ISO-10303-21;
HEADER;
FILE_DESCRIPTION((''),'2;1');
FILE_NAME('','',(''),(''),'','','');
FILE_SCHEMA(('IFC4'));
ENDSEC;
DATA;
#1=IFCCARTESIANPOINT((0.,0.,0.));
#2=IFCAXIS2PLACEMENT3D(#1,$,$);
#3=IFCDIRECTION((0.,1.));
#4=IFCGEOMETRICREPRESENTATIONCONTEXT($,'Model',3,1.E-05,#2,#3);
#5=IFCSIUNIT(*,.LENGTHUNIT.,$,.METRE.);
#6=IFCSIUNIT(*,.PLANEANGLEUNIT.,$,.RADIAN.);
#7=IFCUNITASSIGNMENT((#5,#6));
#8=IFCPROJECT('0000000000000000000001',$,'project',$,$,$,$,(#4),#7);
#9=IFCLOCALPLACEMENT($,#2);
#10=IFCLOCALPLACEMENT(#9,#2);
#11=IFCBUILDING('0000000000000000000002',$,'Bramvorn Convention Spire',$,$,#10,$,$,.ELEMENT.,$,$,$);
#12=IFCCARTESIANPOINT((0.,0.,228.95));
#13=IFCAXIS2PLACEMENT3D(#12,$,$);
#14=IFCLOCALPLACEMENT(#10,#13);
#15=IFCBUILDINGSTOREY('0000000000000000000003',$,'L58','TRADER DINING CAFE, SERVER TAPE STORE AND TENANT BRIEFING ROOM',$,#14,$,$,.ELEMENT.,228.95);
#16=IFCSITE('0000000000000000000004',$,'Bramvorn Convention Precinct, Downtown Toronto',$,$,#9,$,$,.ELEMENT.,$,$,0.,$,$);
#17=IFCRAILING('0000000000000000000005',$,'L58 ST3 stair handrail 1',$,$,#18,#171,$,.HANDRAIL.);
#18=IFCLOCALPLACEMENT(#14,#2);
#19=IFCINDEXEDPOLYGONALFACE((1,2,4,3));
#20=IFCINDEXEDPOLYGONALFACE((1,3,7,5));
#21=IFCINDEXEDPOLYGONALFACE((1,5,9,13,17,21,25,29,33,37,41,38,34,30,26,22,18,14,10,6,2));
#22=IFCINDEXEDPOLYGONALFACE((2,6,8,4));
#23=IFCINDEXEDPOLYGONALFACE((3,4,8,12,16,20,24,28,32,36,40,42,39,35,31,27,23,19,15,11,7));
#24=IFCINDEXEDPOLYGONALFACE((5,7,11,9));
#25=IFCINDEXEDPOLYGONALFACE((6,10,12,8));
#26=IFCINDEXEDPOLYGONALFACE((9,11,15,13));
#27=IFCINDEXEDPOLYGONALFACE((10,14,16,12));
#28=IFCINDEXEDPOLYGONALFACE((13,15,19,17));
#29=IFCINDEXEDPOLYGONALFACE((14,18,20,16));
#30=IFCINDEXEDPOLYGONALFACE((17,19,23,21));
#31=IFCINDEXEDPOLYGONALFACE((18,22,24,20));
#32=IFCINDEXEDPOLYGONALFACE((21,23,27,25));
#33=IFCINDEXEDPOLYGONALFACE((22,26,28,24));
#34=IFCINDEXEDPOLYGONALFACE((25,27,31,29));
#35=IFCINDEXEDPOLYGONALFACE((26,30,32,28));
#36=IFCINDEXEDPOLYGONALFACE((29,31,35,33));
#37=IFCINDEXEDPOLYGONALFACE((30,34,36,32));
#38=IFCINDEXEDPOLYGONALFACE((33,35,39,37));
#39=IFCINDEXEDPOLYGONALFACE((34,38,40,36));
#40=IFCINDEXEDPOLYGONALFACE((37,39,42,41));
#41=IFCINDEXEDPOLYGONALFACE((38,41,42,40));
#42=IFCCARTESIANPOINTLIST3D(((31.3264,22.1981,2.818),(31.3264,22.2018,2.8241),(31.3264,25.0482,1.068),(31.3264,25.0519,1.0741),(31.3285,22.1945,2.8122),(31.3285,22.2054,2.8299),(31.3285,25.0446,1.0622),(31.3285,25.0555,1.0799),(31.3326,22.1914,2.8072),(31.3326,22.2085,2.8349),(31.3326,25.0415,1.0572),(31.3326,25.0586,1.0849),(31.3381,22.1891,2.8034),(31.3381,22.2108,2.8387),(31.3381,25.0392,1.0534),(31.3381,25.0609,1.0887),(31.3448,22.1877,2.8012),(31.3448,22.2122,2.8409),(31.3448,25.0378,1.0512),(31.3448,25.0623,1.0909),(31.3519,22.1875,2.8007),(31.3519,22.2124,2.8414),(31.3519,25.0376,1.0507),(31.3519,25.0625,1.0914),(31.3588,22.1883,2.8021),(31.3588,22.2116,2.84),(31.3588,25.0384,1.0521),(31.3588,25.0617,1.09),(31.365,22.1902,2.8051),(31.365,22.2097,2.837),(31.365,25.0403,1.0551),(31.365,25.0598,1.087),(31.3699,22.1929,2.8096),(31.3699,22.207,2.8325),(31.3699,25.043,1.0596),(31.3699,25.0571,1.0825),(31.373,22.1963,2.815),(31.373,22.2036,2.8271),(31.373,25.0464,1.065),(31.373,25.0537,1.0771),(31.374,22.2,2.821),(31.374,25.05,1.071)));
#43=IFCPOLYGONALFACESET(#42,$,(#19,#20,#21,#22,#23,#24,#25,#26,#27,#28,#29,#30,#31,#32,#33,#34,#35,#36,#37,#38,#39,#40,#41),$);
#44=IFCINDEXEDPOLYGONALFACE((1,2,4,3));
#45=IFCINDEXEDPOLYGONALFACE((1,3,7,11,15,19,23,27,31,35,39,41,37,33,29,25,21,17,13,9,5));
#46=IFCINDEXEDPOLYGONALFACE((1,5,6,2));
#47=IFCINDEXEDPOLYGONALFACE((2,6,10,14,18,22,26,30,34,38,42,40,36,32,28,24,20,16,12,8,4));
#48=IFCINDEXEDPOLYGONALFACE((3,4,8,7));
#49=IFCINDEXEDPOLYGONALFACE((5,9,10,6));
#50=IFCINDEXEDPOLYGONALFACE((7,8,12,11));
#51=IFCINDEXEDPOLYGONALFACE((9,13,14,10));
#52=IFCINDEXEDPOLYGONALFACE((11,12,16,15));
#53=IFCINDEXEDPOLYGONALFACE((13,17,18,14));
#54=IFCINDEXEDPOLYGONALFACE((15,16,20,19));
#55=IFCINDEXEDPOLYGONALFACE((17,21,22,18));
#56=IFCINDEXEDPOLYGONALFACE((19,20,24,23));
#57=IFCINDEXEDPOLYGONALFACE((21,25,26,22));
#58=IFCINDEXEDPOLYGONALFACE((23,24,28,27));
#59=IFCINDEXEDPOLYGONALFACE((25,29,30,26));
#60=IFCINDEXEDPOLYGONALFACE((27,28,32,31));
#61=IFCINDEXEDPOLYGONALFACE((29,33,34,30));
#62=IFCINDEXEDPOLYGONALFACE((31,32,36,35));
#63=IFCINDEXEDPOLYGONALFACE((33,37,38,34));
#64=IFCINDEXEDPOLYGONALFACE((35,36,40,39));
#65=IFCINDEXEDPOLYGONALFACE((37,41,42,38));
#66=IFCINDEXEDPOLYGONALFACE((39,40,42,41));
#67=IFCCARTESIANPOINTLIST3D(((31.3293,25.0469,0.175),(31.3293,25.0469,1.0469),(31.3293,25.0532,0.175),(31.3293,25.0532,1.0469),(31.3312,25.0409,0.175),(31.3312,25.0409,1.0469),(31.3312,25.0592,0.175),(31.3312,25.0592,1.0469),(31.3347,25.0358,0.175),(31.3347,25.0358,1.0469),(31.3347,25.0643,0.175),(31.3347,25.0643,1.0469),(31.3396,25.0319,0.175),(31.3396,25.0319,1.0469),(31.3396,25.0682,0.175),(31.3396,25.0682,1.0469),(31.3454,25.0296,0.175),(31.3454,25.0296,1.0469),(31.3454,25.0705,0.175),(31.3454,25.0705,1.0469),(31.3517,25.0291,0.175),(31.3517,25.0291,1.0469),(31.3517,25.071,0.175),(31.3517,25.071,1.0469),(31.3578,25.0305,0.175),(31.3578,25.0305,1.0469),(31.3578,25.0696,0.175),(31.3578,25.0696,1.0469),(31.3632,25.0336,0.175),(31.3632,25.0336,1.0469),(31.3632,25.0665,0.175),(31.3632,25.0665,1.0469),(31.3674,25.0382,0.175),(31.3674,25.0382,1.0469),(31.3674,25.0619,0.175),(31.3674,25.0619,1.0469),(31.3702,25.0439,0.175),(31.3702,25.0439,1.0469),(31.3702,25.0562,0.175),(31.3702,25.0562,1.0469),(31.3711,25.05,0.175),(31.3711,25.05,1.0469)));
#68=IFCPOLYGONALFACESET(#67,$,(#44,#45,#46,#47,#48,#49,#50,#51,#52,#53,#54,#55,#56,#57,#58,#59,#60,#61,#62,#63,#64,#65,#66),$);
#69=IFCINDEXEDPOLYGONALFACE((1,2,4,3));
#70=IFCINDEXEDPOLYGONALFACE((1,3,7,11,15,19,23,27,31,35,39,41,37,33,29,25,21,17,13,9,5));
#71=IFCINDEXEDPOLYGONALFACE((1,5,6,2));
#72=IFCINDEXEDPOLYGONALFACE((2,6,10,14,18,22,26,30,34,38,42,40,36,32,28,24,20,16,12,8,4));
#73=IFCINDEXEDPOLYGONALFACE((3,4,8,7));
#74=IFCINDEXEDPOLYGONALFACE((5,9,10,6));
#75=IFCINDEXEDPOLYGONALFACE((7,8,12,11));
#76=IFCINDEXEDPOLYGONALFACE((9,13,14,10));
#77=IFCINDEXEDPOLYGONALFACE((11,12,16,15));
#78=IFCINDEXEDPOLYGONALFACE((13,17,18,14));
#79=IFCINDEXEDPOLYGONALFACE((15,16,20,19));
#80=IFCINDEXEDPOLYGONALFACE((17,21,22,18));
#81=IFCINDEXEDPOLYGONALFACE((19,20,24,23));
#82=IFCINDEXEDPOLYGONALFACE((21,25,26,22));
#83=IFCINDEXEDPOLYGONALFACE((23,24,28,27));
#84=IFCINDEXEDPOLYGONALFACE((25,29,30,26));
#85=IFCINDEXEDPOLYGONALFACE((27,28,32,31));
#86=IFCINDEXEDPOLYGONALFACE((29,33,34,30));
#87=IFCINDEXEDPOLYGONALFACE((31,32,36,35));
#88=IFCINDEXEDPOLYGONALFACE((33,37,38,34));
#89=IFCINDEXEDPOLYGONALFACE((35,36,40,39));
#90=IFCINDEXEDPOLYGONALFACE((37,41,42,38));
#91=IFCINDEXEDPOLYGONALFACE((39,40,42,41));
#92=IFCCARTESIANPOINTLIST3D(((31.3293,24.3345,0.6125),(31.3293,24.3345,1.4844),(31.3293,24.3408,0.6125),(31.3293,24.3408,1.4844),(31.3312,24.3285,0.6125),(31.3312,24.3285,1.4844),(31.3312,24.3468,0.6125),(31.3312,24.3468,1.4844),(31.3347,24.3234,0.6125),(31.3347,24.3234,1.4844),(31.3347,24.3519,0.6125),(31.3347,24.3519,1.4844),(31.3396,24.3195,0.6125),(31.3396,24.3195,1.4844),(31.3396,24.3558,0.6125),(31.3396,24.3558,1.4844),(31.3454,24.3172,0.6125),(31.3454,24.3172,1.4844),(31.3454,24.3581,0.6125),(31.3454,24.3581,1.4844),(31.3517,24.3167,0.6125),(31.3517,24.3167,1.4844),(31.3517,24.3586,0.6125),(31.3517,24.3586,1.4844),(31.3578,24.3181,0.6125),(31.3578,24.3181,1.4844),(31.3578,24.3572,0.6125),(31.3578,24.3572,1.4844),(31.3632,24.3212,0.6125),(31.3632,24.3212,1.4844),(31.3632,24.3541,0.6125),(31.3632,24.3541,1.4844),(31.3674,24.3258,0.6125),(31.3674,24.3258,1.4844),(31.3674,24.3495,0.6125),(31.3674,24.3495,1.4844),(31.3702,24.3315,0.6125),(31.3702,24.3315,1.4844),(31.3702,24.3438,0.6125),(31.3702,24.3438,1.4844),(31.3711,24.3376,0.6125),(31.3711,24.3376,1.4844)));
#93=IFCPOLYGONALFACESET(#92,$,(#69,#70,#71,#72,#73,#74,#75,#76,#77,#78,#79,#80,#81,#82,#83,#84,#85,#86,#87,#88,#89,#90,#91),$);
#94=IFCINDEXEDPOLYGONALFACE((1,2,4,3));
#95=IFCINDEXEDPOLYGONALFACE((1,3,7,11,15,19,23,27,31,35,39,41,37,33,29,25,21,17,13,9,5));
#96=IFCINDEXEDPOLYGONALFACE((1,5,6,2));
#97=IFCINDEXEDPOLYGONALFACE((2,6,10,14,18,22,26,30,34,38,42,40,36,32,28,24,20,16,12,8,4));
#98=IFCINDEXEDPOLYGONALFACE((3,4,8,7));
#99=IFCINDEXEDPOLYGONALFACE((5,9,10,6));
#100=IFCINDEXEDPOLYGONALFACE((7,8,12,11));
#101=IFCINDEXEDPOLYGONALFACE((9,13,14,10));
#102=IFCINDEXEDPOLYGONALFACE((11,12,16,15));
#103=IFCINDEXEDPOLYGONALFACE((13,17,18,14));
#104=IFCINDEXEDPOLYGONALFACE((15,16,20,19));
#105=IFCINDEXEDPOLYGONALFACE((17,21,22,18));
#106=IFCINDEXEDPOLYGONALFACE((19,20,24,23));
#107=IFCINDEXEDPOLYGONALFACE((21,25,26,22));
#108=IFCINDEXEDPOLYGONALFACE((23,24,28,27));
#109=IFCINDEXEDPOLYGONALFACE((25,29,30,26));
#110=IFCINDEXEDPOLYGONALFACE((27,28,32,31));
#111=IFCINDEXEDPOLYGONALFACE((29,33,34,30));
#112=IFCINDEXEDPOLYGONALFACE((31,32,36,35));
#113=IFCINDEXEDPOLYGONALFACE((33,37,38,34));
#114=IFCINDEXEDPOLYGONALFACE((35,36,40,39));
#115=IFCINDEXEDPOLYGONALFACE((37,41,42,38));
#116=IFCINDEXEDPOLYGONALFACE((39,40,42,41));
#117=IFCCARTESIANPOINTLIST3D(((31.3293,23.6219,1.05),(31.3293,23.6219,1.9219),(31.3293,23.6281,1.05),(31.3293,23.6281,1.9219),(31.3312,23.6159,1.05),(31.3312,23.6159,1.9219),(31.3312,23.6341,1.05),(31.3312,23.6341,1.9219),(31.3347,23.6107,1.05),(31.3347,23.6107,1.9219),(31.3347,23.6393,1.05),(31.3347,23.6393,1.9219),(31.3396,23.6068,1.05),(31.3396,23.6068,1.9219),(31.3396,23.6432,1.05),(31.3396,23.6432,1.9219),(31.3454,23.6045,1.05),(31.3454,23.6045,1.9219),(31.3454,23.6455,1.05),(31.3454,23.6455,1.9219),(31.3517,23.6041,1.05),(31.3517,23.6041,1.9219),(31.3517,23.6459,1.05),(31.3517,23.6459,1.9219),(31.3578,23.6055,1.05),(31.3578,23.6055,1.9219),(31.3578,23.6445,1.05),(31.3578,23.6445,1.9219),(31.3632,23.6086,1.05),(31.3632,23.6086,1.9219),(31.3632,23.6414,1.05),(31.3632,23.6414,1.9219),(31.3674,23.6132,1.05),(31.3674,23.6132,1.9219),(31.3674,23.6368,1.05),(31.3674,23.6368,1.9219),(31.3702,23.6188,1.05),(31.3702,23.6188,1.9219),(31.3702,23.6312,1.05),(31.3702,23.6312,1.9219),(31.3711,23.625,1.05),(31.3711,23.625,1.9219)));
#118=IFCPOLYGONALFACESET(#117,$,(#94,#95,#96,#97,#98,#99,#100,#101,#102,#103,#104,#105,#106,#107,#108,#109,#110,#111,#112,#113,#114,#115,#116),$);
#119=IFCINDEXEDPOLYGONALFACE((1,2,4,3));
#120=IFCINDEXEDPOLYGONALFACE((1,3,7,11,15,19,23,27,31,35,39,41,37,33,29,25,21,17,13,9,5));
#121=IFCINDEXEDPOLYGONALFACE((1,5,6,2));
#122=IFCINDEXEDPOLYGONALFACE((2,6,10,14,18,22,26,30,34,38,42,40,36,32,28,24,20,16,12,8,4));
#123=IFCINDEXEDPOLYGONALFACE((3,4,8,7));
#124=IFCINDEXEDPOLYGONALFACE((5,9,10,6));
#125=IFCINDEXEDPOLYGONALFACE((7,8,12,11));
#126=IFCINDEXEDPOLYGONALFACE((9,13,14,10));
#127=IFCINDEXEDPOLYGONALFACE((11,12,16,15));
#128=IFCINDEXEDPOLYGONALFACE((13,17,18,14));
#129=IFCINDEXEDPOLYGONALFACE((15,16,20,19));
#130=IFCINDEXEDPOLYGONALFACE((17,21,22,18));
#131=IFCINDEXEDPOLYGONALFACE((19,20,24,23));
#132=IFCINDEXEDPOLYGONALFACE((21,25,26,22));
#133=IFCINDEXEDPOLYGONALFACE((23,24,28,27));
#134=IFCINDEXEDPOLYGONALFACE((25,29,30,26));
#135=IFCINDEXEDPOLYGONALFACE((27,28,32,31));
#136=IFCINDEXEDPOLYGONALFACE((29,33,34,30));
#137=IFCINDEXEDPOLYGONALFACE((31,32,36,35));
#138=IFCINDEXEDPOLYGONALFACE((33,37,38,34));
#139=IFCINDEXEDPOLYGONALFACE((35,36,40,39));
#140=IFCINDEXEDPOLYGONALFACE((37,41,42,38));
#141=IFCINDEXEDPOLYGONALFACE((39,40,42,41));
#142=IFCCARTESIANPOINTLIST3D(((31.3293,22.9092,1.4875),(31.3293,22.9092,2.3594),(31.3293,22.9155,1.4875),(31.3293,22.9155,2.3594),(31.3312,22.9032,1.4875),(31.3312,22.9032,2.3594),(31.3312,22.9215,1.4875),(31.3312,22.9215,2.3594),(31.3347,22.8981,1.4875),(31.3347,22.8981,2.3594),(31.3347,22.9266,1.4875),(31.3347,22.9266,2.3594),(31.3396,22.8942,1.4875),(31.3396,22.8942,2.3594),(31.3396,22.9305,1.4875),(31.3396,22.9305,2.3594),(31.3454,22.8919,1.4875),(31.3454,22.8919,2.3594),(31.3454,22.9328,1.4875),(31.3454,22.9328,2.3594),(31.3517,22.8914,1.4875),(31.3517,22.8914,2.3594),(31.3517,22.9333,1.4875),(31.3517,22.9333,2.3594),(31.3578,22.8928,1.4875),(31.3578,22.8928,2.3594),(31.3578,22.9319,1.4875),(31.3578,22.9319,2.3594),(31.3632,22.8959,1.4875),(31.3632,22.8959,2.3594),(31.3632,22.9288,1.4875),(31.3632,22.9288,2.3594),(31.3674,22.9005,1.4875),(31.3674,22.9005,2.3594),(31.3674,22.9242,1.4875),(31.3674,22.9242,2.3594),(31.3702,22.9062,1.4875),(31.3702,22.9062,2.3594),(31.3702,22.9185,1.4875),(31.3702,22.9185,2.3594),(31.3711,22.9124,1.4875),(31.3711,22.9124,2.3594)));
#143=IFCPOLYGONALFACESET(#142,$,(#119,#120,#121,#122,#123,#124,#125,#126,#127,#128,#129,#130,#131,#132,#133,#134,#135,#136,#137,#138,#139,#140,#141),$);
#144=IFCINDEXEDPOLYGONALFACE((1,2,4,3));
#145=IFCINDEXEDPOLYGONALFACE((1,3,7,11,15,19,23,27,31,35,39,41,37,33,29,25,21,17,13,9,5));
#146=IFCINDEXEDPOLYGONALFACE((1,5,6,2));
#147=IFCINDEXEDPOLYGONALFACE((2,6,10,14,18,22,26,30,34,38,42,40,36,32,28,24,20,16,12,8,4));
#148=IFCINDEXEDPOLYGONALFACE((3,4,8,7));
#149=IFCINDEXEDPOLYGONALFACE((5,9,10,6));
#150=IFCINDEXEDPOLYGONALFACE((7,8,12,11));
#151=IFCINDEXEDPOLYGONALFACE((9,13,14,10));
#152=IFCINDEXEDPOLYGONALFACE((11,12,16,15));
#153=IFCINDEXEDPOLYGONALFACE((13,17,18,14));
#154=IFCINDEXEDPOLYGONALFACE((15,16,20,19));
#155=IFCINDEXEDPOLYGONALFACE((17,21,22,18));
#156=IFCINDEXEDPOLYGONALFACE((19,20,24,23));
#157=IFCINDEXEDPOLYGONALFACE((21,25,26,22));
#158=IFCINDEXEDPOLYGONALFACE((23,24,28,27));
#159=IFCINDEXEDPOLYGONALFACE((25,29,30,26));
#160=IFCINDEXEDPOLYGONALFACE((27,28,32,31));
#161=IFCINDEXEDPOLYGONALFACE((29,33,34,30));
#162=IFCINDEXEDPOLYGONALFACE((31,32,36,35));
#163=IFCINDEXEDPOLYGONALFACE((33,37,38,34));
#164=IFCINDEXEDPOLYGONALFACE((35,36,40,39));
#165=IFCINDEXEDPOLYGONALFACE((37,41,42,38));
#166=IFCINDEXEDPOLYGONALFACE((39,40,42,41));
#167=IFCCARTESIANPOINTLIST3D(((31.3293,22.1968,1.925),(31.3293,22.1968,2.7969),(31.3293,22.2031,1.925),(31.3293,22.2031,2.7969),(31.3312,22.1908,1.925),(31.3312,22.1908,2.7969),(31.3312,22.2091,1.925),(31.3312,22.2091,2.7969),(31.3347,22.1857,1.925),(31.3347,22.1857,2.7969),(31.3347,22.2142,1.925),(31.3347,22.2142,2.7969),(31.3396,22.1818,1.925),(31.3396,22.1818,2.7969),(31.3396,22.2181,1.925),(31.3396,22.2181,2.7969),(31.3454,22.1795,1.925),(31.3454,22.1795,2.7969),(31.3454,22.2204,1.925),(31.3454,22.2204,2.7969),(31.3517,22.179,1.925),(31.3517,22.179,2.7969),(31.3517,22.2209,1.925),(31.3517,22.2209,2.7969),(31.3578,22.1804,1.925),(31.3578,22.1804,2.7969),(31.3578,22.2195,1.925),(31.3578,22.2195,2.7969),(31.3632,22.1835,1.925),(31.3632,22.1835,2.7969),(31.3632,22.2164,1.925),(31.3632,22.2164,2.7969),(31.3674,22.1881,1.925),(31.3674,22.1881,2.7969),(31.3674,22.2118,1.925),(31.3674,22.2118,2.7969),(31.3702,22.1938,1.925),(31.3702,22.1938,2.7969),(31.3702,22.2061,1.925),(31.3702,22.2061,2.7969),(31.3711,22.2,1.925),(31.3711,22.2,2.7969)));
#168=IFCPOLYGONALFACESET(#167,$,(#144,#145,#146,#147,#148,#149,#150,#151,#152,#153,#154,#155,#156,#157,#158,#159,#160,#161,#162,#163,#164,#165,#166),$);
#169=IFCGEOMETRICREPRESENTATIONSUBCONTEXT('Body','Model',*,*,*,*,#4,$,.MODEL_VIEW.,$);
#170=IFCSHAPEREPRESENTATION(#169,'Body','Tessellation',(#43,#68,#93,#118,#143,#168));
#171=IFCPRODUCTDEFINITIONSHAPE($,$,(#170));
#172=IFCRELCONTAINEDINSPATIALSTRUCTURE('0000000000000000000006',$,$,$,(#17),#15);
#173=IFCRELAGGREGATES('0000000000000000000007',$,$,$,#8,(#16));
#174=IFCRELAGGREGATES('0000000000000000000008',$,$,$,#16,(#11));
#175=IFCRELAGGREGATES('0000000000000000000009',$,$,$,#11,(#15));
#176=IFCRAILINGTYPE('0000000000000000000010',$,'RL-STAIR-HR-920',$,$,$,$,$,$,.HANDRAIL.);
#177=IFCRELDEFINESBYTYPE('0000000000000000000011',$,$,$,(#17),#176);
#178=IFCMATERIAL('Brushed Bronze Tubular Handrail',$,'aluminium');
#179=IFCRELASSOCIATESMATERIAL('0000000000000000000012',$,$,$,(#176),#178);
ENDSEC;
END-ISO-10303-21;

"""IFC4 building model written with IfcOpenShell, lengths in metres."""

from ifc_helpers import new_model, si_unit, direction, frame, origin, origin_2d, place, context, subcontext, project, spatial, circle, extrude, material, type_object, element, save


model = new_model("IFC4")

# Units and contexts
model_context = context("Model", 3, precision=1e-05, world=origin(), true_north=direction((0.0, 1.0)))
body_context = subcontext(model_context, "Body", "Model", "MODEL_VIEW")
ifc_project = project(units=[si_unit("LENGTHUNIT", "METRE"), si_unit("PLANEANGLEUNIT", "RADIAN")], contexts=[model_context])

# Site, building, storey
site_placement = place(None, origin())
site = spatial("IfcSite", under=ifc_project, at=site_placement, Name="Bramvorn Convention Precinct, Downtown Toronto", CompositionType="ELEMENT", RefElevation=0.0)
building_placement = place(site_placement, origin())
building = spatial("IfcBuilding", under=site, at=building_placement, Name="Bramvorn Convention Spire", CompositionType="ELEMENT")
storey_placement = place(building_placement, frame((0.0, 0.0, 228.95)))
storey = spatial("IfcBuildingStorey", under=building, at=storey_placement, Name="L58", Description="TRADER DINING CAFE, SERVER TAPE STORE AND TENANT BRIEFING ROOM", CompositionType="ELEMENT", Elevation=228.95)

# Railing
ifc_material_1 = material(Name="Brushed Bronze Tubular Handrail", Category="aluminium")
railing_type_1 = type_object("IfcRailingType", Name="RL-STAIR-HR-920", PredefinedType="HANDRAIL", material=ifc_material_1)
railing_1_placement = place(storey_placement, frame((31.3501, 25.05, 0.175)))
element("IfcRailing", 1, at=railing_1_placement, inside=storey, type_object=railing_type_1, Name="L58 ST3 stair handrail 1", PredefinedType="HANDRAIL", context=body_context, shape_type="SweptSolid", body=[
    extrude(circle(Radius=0.0239, at=origin_2d()), frame((0.0, 0.0, 0.896), z_axis=(0.0, -0.852179, 0.52325), x_axis=(1.0, 0.0, 0.0)), (0.0, 0.0, 1.0), 3.3445),
    extrude(circle(Radius=0.021, at=origin_2d()), origin(), (0.0, 0.0, 1.0), 0.8718),
    extrude(circle(Radius=0.021, at=origin_2d()), frame((0.0, -0.7124, 0.4375)), (0.0, 0.0, 1.0), 0.8718),
    extrude(circle(Radius=0.021, at=origin_2d()), frame((0.0, -1.425, 0.875)), (0.0, 0.0, 1.0), 0.8718),
    extrude(circle(Radius=0.021, at=origin_2d()), frame((0.0, -2.1377, 1.3125)), (0.0, 0.0, 1.0), 0.8718),
    extrude(circle(Radius=0.021, at=origin_2d()), frame((0.0, -2.8501, 1.75)), (0.0, 0.0, 1.0), 0.8718),
])

save(model, "model.ifc")
